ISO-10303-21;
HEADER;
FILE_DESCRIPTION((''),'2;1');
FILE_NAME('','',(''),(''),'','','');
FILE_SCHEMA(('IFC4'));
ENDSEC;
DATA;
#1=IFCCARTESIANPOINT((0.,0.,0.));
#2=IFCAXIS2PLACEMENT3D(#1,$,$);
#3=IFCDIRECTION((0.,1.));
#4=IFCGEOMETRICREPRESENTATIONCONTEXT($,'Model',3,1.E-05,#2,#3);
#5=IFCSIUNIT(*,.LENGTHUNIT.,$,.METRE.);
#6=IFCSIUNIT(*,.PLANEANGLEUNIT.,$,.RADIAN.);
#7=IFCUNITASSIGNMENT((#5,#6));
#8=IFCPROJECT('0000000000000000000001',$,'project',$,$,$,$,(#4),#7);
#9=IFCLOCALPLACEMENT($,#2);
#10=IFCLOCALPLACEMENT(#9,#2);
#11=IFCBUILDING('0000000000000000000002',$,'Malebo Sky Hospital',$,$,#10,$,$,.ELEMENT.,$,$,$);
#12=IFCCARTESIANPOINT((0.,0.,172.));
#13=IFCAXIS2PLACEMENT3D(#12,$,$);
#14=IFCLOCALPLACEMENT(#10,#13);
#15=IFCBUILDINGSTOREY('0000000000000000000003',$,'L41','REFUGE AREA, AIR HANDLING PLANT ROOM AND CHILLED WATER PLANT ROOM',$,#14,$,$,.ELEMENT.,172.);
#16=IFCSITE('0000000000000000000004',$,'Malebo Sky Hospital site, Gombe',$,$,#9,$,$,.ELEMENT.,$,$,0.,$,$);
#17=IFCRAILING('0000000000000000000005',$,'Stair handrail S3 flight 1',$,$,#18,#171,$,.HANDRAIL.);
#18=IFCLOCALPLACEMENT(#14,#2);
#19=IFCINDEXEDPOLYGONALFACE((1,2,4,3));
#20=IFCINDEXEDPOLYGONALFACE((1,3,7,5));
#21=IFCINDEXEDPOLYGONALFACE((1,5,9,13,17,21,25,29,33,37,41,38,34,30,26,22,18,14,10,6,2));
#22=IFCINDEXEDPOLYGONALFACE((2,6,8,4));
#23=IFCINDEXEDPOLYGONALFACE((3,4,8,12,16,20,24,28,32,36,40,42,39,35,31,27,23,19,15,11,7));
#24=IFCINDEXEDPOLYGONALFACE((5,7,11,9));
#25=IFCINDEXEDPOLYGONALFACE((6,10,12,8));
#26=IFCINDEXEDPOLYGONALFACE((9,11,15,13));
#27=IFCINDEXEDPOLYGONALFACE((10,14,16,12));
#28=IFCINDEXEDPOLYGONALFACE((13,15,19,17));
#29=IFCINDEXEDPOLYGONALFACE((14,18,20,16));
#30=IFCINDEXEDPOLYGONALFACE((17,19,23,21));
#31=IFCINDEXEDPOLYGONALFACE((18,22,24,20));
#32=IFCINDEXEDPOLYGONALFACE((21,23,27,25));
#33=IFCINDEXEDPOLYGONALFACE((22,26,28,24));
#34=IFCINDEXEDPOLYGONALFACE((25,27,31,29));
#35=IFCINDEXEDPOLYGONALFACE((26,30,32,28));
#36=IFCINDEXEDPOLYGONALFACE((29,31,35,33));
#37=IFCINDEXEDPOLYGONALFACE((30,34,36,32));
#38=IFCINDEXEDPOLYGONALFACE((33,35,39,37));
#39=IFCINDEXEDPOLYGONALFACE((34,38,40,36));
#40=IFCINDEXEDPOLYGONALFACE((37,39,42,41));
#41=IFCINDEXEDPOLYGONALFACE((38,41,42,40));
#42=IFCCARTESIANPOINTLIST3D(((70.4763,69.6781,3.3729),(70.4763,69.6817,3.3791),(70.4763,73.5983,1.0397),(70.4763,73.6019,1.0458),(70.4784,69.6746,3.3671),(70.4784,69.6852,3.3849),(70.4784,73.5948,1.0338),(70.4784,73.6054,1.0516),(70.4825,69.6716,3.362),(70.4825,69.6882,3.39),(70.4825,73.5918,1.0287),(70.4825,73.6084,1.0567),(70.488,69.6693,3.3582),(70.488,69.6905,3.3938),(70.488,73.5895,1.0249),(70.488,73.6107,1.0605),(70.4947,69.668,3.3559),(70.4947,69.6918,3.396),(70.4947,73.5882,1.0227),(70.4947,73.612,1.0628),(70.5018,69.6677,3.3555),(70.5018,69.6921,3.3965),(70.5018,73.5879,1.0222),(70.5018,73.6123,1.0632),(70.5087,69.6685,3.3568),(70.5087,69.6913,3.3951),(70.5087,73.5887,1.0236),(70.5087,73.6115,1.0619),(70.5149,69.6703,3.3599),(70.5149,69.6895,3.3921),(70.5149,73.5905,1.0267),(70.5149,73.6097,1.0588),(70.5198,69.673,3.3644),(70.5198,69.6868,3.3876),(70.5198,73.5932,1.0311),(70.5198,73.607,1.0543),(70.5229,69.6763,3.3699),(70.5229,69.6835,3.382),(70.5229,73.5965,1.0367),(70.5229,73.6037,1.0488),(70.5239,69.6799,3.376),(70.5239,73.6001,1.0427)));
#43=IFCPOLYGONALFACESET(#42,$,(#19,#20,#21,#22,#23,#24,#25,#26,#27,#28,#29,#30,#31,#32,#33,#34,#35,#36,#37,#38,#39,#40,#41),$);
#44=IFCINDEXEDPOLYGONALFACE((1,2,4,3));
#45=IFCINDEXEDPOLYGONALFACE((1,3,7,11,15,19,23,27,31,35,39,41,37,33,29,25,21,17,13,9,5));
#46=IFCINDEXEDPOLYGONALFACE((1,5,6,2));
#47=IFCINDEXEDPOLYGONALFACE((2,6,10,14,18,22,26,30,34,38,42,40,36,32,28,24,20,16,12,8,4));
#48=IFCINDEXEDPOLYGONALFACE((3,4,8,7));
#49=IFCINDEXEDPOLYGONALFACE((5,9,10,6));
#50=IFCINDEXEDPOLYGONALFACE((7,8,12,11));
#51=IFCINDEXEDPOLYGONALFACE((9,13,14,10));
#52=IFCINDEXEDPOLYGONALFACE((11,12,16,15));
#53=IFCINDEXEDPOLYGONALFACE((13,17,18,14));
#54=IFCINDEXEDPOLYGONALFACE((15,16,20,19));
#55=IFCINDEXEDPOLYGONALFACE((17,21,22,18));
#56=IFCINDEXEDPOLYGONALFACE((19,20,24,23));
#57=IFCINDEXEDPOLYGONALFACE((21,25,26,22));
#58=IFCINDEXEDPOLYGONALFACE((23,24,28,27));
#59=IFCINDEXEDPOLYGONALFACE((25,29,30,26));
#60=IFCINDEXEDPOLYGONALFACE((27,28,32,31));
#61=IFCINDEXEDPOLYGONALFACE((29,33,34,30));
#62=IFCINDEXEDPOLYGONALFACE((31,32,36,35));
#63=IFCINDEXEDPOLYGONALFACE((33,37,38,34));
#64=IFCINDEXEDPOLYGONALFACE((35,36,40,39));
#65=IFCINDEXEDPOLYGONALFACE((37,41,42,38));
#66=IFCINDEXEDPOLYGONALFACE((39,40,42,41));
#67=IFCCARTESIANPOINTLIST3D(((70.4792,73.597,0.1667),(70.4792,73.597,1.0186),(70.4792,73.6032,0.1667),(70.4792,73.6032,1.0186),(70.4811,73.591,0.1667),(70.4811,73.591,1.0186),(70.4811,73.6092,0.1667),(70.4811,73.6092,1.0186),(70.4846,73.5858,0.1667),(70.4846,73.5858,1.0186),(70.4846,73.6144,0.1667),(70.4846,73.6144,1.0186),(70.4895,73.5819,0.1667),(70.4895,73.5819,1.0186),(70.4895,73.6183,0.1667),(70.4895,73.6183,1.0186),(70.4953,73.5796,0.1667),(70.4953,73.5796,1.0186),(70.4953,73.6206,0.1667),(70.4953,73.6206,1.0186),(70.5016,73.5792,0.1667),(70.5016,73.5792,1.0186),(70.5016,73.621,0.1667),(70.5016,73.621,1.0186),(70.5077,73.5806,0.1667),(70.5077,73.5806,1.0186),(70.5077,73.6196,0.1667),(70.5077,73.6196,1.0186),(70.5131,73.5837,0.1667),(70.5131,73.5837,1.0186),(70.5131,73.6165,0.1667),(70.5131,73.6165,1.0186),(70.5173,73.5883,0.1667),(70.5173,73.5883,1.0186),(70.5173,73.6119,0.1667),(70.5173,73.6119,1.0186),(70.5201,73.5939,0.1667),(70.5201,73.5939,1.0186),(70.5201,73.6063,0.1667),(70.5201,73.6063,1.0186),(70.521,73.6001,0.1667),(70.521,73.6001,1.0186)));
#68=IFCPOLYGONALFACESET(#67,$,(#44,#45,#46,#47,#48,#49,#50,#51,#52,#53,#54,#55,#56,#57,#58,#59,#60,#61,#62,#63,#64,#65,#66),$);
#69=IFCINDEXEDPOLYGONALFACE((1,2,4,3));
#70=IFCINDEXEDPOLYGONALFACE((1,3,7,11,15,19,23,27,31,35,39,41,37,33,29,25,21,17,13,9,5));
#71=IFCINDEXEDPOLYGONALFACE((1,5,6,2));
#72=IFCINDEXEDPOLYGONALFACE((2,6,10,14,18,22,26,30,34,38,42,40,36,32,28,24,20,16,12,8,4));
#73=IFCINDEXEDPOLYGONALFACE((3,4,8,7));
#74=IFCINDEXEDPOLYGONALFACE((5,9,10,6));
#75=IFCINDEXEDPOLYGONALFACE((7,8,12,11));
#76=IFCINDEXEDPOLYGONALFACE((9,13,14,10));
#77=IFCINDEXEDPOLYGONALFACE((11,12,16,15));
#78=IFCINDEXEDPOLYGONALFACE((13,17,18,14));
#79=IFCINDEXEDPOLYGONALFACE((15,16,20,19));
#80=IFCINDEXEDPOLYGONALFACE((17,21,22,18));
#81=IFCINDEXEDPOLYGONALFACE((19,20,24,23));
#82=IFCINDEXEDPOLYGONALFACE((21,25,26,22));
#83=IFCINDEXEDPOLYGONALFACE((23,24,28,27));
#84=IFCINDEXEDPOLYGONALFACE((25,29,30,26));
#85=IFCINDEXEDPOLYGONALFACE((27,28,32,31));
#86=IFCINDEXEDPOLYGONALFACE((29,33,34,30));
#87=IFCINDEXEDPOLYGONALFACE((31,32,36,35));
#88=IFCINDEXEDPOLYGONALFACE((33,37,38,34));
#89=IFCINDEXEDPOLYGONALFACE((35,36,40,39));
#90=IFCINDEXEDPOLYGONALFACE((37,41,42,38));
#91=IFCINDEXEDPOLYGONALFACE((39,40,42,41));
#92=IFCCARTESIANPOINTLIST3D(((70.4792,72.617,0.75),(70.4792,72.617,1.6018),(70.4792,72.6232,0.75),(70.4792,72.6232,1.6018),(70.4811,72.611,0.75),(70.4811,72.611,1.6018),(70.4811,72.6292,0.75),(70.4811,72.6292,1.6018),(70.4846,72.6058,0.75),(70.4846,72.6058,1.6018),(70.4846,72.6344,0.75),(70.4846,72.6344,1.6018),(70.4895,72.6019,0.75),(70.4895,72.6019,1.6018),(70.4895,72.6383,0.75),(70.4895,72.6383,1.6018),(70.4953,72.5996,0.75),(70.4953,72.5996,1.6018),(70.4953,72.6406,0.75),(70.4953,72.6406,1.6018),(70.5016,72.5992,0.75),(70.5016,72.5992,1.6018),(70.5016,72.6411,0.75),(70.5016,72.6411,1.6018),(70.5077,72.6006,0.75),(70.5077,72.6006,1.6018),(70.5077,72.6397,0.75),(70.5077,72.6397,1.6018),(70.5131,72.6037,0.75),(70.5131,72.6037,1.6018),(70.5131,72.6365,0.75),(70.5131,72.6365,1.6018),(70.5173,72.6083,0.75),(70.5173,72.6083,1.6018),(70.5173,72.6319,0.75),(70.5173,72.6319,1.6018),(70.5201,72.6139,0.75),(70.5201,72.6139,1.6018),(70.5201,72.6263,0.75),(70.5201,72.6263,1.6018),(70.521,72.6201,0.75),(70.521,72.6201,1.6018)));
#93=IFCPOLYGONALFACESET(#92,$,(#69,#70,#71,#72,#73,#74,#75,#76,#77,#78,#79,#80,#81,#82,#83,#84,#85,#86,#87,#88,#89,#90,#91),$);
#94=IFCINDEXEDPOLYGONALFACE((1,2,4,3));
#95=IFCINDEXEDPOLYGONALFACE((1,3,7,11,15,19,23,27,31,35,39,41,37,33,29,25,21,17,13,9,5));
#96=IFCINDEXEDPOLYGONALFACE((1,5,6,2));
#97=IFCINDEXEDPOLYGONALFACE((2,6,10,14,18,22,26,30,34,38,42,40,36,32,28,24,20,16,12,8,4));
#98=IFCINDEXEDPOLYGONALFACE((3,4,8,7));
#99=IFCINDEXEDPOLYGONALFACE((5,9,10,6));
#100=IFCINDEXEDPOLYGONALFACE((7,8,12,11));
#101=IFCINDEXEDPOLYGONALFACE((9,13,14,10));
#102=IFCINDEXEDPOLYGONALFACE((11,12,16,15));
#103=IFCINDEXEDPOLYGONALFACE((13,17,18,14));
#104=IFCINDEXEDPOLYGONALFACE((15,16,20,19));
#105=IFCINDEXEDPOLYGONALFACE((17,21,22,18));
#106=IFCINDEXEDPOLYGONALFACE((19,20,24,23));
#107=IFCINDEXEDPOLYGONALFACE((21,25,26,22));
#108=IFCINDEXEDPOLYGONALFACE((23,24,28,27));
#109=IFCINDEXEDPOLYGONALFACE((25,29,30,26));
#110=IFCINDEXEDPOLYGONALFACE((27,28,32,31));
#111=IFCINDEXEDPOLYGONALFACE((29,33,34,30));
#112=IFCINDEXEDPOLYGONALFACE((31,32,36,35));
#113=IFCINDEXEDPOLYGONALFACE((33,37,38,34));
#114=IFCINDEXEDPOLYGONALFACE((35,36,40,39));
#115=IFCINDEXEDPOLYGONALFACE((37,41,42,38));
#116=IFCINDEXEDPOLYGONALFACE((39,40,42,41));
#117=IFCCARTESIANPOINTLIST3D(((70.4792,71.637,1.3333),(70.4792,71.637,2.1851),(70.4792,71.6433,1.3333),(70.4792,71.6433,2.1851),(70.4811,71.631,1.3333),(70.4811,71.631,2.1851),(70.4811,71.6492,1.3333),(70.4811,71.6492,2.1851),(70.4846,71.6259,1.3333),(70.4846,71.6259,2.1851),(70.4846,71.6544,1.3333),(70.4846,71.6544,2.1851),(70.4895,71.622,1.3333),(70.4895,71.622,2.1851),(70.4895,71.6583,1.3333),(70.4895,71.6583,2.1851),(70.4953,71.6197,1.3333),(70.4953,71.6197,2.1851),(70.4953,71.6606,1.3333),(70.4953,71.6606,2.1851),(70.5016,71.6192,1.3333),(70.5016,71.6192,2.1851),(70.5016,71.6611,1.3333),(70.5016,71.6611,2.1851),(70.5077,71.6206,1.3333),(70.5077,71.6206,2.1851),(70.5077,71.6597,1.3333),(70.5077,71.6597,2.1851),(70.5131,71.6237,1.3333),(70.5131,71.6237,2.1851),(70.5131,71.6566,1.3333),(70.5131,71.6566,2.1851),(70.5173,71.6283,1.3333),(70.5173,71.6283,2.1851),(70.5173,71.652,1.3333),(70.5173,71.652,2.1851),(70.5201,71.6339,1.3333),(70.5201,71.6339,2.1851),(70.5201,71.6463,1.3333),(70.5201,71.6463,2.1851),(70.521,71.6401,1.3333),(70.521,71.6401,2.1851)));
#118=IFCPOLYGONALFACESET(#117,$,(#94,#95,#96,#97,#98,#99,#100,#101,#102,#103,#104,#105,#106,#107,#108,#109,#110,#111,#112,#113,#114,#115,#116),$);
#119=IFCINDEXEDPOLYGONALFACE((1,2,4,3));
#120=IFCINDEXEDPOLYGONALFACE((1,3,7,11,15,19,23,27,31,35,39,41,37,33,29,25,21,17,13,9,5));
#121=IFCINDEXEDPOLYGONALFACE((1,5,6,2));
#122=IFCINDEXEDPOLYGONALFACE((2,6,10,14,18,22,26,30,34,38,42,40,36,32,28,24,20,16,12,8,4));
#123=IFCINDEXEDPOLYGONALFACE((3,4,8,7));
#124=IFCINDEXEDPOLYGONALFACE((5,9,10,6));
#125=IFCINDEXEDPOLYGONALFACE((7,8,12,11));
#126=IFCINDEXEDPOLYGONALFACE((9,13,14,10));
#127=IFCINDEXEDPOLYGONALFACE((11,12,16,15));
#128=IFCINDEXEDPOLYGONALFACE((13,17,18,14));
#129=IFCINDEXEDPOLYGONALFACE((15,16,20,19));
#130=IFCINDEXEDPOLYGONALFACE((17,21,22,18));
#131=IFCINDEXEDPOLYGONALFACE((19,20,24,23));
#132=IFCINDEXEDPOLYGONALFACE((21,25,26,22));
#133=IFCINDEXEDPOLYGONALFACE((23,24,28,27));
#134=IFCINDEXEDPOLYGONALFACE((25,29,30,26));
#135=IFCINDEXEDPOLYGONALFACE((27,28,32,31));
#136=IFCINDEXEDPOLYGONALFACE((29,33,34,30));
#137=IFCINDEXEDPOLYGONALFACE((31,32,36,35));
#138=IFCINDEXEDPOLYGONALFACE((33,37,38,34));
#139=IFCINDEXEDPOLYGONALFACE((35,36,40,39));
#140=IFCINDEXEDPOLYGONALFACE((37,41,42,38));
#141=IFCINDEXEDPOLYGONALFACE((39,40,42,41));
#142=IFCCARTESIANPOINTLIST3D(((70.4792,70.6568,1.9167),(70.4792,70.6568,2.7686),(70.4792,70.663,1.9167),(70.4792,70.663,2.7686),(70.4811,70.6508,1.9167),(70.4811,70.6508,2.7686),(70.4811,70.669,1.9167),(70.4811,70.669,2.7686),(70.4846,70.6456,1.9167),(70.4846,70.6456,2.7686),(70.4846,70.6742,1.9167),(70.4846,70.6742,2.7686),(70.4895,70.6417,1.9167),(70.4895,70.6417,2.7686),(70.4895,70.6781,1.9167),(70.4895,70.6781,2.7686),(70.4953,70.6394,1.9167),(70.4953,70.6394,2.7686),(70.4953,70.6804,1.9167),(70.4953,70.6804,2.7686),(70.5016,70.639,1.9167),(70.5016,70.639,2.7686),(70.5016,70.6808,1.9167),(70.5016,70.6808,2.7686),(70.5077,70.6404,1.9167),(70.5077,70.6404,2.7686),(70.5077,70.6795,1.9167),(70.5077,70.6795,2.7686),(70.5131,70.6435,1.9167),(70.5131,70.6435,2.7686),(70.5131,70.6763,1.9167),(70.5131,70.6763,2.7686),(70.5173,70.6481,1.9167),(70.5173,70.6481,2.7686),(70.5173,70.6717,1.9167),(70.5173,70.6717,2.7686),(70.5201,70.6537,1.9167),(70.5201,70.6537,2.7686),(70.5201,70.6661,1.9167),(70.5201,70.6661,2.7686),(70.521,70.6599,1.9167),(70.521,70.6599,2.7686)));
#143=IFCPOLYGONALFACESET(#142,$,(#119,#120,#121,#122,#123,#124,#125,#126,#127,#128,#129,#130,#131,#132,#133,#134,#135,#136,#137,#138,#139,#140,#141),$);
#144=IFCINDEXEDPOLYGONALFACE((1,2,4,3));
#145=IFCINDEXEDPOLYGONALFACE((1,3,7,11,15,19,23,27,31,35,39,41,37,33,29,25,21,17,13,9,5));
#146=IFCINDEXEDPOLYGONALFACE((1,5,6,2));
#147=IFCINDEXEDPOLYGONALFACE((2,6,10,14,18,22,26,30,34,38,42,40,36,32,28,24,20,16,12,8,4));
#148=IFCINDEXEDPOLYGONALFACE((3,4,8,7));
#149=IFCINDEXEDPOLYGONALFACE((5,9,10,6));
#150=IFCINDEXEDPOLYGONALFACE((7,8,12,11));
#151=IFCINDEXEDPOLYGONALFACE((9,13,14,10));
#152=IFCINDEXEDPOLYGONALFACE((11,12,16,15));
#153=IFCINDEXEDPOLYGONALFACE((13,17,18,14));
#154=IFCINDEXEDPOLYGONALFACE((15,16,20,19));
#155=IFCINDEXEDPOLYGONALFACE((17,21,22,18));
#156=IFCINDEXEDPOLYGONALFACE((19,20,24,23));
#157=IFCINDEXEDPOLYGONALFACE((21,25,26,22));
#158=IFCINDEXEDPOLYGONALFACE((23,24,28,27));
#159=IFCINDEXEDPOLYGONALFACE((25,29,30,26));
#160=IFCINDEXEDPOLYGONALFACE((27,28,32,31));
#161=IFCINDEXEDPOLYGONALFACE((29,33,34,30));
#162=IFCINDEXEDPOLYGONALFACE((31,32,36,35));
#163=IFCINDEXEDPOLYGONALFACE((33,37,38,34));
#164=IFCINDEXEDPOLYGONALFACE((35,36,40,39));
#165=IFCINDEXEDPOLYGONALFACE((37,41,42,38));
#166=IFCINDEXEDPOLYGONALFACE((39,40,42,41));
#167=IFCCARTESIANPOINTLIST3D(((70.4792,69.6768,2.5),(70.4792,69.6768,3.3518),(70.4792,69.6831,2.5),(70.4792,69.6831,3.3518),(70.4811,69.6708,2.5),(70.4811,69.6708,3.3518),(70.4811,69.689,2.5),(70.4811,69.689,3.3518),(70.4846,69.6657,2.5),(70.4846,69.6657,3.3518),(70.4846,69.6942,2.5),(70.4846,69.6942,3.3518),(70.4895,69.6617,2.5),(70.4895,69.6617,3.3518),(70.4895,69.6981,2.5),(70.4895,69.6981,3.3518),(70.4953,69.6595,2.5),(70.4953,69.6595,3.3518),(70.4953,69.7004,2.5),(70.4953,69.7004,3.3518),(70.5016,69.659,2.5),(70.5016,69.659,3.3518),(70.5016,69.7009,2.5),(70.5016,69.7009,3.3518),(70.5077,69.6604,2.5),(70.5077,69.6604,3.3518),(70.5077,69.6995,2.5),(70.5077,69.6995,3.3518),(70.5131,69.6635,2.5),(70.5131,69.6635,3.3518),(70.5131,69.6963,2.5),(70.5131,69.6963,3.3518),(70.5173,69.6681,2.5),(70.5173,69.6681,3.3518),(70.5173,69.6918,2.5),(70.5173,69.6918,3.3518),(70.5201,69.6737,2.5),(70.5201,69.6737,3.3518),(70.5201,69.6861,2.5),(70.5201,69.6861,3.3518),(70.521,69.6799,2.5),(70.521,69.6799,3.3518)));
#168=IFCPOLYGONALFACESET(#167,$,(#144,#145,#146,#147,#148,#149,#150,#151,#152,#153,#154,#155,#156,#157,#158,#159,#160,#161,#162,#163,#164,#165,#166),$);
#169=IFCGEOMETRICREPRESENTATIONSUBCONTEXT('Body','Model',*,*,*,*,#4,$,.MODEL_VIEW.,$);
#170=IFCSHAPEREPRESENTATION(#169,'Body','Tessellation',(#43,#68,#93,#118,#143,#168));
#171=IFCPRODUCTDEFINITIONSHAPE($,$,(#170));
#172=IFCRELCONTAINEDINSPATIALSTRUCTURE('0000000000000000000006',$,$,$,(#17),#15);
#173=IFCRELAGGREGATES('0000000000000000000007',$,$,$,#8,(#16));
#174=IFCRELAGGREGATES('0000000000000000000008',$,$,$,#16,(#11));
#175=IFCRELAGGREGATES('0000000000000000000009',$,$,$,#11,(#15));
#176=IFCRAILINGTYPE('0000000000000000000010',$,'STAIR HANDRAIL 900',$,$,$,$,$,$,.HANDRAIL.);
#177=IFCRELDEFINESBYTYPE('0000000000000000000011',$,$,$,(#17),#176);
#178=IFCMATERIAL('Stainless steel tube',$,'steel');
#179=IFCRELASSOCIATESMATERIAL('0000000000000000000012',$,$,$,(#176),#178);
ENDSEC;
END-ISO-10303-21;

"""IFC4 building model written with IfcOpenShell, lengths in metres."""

from ifc_helpers import new_model, si_unit, direction, frame, origin, origin_2d, place, context, subcontext, project, spatial, circle, extrude, material, type_object, element, save


model = new_model("IFC4")

# Units and contexts
model_context = context("Model", 3, precision=1e-05, world=origin(), true_north=direction((0.0, 1.0)))
body_context = subcontext(model_context, "Body", "Model", "MODEL_VIEW")
ifc_project = project(units=[si_unit("LENGTHUNIT", "METRE"), si_unit("PLANEANGLEUNIT", "RADIAN")], contexts=[model_context])

# Site, building, storey
site_placement = place(None, origin())
site = spatial("IfcSite", under=ifc_project, at=site_placement, Name="Malebo Sky Hospital site, Gombe", CompositionType="ELEMENT", RefElevation=0.0)
building_placement = place(site_placement, origin())
building = spatial("IfcBuilding", under=site, at=building_placement, Name="Malebo Sky Hospital", CompositionType="ELEMENT")
storey_placement = place(building_placement, frame((0.0, 0.0, 172.0)))
storey = spatial("IfcBuildingStorey", under=building, at=storey_placement, Name="L41", Description="REFUGE AREA, AIR HANDLING PLANT ROOM AND CHILLED WATER PLANT ROOM", CompositionType="ELEMENT", Elevation=172.0)

# Railing
ifc_material_1 = material(Name="Stainless steel tube", Category="steel")
railing_type = type_object("IfcRailingType", Name="STAIR HANDRAIL 900", PredefinedType="HANDRAIL", material=ifc_material_1)
railing_1_placement = place(storey_placement, frame((70.5, 73.6001, 0.1667)))
element("IfcRailing", 1, at=railing_1_placement, inside=storey, type_object=railing_type, Name="Stair handrail S3 flight 1", PredefinedType="HANDRAIL", context=body_context, shape_type="SweptSolid", body=[
    extrude(circle(Radius=0.0239, at=origin_2d()), frame((0.0, 0.0, 0.876), z_axis=(0.0, -0.85931, 0.511455), x_axis=(1.0, 0.0, 0.0)), (0.0, 0.0, 1.0), 4.562),
    extrude(circle(Radius=0.021, at=origin_2d()), origin(), (0.0, 0.0, 1.0), 0.8518),
    extrude(circle(Radius=0.021, at=origin_2d()), frame((0.0, -0.98, 0.5833)), (0.0, 0.0, 1.0), 0.8518),
    extrude(circle(Radius=0.021, at=origin_2d()), frame((0.0, -1.96, 1.1665)), (0.0, 0.0, 1.0), 0.8518),
    extrude(circle(Radius=0.021, at=origin_2d()), frame((0.0, -2.9402, 1.75)), (0.0, 0.0, 1.0), 0.8518),
    extrude(circle(Radius=0.021, at=origin_2d()), frame((0.0, -3.9202, 2.3333)), (0.0, 0.0, 1.0), 0.8518),
])

save(model, "model.ifc")
